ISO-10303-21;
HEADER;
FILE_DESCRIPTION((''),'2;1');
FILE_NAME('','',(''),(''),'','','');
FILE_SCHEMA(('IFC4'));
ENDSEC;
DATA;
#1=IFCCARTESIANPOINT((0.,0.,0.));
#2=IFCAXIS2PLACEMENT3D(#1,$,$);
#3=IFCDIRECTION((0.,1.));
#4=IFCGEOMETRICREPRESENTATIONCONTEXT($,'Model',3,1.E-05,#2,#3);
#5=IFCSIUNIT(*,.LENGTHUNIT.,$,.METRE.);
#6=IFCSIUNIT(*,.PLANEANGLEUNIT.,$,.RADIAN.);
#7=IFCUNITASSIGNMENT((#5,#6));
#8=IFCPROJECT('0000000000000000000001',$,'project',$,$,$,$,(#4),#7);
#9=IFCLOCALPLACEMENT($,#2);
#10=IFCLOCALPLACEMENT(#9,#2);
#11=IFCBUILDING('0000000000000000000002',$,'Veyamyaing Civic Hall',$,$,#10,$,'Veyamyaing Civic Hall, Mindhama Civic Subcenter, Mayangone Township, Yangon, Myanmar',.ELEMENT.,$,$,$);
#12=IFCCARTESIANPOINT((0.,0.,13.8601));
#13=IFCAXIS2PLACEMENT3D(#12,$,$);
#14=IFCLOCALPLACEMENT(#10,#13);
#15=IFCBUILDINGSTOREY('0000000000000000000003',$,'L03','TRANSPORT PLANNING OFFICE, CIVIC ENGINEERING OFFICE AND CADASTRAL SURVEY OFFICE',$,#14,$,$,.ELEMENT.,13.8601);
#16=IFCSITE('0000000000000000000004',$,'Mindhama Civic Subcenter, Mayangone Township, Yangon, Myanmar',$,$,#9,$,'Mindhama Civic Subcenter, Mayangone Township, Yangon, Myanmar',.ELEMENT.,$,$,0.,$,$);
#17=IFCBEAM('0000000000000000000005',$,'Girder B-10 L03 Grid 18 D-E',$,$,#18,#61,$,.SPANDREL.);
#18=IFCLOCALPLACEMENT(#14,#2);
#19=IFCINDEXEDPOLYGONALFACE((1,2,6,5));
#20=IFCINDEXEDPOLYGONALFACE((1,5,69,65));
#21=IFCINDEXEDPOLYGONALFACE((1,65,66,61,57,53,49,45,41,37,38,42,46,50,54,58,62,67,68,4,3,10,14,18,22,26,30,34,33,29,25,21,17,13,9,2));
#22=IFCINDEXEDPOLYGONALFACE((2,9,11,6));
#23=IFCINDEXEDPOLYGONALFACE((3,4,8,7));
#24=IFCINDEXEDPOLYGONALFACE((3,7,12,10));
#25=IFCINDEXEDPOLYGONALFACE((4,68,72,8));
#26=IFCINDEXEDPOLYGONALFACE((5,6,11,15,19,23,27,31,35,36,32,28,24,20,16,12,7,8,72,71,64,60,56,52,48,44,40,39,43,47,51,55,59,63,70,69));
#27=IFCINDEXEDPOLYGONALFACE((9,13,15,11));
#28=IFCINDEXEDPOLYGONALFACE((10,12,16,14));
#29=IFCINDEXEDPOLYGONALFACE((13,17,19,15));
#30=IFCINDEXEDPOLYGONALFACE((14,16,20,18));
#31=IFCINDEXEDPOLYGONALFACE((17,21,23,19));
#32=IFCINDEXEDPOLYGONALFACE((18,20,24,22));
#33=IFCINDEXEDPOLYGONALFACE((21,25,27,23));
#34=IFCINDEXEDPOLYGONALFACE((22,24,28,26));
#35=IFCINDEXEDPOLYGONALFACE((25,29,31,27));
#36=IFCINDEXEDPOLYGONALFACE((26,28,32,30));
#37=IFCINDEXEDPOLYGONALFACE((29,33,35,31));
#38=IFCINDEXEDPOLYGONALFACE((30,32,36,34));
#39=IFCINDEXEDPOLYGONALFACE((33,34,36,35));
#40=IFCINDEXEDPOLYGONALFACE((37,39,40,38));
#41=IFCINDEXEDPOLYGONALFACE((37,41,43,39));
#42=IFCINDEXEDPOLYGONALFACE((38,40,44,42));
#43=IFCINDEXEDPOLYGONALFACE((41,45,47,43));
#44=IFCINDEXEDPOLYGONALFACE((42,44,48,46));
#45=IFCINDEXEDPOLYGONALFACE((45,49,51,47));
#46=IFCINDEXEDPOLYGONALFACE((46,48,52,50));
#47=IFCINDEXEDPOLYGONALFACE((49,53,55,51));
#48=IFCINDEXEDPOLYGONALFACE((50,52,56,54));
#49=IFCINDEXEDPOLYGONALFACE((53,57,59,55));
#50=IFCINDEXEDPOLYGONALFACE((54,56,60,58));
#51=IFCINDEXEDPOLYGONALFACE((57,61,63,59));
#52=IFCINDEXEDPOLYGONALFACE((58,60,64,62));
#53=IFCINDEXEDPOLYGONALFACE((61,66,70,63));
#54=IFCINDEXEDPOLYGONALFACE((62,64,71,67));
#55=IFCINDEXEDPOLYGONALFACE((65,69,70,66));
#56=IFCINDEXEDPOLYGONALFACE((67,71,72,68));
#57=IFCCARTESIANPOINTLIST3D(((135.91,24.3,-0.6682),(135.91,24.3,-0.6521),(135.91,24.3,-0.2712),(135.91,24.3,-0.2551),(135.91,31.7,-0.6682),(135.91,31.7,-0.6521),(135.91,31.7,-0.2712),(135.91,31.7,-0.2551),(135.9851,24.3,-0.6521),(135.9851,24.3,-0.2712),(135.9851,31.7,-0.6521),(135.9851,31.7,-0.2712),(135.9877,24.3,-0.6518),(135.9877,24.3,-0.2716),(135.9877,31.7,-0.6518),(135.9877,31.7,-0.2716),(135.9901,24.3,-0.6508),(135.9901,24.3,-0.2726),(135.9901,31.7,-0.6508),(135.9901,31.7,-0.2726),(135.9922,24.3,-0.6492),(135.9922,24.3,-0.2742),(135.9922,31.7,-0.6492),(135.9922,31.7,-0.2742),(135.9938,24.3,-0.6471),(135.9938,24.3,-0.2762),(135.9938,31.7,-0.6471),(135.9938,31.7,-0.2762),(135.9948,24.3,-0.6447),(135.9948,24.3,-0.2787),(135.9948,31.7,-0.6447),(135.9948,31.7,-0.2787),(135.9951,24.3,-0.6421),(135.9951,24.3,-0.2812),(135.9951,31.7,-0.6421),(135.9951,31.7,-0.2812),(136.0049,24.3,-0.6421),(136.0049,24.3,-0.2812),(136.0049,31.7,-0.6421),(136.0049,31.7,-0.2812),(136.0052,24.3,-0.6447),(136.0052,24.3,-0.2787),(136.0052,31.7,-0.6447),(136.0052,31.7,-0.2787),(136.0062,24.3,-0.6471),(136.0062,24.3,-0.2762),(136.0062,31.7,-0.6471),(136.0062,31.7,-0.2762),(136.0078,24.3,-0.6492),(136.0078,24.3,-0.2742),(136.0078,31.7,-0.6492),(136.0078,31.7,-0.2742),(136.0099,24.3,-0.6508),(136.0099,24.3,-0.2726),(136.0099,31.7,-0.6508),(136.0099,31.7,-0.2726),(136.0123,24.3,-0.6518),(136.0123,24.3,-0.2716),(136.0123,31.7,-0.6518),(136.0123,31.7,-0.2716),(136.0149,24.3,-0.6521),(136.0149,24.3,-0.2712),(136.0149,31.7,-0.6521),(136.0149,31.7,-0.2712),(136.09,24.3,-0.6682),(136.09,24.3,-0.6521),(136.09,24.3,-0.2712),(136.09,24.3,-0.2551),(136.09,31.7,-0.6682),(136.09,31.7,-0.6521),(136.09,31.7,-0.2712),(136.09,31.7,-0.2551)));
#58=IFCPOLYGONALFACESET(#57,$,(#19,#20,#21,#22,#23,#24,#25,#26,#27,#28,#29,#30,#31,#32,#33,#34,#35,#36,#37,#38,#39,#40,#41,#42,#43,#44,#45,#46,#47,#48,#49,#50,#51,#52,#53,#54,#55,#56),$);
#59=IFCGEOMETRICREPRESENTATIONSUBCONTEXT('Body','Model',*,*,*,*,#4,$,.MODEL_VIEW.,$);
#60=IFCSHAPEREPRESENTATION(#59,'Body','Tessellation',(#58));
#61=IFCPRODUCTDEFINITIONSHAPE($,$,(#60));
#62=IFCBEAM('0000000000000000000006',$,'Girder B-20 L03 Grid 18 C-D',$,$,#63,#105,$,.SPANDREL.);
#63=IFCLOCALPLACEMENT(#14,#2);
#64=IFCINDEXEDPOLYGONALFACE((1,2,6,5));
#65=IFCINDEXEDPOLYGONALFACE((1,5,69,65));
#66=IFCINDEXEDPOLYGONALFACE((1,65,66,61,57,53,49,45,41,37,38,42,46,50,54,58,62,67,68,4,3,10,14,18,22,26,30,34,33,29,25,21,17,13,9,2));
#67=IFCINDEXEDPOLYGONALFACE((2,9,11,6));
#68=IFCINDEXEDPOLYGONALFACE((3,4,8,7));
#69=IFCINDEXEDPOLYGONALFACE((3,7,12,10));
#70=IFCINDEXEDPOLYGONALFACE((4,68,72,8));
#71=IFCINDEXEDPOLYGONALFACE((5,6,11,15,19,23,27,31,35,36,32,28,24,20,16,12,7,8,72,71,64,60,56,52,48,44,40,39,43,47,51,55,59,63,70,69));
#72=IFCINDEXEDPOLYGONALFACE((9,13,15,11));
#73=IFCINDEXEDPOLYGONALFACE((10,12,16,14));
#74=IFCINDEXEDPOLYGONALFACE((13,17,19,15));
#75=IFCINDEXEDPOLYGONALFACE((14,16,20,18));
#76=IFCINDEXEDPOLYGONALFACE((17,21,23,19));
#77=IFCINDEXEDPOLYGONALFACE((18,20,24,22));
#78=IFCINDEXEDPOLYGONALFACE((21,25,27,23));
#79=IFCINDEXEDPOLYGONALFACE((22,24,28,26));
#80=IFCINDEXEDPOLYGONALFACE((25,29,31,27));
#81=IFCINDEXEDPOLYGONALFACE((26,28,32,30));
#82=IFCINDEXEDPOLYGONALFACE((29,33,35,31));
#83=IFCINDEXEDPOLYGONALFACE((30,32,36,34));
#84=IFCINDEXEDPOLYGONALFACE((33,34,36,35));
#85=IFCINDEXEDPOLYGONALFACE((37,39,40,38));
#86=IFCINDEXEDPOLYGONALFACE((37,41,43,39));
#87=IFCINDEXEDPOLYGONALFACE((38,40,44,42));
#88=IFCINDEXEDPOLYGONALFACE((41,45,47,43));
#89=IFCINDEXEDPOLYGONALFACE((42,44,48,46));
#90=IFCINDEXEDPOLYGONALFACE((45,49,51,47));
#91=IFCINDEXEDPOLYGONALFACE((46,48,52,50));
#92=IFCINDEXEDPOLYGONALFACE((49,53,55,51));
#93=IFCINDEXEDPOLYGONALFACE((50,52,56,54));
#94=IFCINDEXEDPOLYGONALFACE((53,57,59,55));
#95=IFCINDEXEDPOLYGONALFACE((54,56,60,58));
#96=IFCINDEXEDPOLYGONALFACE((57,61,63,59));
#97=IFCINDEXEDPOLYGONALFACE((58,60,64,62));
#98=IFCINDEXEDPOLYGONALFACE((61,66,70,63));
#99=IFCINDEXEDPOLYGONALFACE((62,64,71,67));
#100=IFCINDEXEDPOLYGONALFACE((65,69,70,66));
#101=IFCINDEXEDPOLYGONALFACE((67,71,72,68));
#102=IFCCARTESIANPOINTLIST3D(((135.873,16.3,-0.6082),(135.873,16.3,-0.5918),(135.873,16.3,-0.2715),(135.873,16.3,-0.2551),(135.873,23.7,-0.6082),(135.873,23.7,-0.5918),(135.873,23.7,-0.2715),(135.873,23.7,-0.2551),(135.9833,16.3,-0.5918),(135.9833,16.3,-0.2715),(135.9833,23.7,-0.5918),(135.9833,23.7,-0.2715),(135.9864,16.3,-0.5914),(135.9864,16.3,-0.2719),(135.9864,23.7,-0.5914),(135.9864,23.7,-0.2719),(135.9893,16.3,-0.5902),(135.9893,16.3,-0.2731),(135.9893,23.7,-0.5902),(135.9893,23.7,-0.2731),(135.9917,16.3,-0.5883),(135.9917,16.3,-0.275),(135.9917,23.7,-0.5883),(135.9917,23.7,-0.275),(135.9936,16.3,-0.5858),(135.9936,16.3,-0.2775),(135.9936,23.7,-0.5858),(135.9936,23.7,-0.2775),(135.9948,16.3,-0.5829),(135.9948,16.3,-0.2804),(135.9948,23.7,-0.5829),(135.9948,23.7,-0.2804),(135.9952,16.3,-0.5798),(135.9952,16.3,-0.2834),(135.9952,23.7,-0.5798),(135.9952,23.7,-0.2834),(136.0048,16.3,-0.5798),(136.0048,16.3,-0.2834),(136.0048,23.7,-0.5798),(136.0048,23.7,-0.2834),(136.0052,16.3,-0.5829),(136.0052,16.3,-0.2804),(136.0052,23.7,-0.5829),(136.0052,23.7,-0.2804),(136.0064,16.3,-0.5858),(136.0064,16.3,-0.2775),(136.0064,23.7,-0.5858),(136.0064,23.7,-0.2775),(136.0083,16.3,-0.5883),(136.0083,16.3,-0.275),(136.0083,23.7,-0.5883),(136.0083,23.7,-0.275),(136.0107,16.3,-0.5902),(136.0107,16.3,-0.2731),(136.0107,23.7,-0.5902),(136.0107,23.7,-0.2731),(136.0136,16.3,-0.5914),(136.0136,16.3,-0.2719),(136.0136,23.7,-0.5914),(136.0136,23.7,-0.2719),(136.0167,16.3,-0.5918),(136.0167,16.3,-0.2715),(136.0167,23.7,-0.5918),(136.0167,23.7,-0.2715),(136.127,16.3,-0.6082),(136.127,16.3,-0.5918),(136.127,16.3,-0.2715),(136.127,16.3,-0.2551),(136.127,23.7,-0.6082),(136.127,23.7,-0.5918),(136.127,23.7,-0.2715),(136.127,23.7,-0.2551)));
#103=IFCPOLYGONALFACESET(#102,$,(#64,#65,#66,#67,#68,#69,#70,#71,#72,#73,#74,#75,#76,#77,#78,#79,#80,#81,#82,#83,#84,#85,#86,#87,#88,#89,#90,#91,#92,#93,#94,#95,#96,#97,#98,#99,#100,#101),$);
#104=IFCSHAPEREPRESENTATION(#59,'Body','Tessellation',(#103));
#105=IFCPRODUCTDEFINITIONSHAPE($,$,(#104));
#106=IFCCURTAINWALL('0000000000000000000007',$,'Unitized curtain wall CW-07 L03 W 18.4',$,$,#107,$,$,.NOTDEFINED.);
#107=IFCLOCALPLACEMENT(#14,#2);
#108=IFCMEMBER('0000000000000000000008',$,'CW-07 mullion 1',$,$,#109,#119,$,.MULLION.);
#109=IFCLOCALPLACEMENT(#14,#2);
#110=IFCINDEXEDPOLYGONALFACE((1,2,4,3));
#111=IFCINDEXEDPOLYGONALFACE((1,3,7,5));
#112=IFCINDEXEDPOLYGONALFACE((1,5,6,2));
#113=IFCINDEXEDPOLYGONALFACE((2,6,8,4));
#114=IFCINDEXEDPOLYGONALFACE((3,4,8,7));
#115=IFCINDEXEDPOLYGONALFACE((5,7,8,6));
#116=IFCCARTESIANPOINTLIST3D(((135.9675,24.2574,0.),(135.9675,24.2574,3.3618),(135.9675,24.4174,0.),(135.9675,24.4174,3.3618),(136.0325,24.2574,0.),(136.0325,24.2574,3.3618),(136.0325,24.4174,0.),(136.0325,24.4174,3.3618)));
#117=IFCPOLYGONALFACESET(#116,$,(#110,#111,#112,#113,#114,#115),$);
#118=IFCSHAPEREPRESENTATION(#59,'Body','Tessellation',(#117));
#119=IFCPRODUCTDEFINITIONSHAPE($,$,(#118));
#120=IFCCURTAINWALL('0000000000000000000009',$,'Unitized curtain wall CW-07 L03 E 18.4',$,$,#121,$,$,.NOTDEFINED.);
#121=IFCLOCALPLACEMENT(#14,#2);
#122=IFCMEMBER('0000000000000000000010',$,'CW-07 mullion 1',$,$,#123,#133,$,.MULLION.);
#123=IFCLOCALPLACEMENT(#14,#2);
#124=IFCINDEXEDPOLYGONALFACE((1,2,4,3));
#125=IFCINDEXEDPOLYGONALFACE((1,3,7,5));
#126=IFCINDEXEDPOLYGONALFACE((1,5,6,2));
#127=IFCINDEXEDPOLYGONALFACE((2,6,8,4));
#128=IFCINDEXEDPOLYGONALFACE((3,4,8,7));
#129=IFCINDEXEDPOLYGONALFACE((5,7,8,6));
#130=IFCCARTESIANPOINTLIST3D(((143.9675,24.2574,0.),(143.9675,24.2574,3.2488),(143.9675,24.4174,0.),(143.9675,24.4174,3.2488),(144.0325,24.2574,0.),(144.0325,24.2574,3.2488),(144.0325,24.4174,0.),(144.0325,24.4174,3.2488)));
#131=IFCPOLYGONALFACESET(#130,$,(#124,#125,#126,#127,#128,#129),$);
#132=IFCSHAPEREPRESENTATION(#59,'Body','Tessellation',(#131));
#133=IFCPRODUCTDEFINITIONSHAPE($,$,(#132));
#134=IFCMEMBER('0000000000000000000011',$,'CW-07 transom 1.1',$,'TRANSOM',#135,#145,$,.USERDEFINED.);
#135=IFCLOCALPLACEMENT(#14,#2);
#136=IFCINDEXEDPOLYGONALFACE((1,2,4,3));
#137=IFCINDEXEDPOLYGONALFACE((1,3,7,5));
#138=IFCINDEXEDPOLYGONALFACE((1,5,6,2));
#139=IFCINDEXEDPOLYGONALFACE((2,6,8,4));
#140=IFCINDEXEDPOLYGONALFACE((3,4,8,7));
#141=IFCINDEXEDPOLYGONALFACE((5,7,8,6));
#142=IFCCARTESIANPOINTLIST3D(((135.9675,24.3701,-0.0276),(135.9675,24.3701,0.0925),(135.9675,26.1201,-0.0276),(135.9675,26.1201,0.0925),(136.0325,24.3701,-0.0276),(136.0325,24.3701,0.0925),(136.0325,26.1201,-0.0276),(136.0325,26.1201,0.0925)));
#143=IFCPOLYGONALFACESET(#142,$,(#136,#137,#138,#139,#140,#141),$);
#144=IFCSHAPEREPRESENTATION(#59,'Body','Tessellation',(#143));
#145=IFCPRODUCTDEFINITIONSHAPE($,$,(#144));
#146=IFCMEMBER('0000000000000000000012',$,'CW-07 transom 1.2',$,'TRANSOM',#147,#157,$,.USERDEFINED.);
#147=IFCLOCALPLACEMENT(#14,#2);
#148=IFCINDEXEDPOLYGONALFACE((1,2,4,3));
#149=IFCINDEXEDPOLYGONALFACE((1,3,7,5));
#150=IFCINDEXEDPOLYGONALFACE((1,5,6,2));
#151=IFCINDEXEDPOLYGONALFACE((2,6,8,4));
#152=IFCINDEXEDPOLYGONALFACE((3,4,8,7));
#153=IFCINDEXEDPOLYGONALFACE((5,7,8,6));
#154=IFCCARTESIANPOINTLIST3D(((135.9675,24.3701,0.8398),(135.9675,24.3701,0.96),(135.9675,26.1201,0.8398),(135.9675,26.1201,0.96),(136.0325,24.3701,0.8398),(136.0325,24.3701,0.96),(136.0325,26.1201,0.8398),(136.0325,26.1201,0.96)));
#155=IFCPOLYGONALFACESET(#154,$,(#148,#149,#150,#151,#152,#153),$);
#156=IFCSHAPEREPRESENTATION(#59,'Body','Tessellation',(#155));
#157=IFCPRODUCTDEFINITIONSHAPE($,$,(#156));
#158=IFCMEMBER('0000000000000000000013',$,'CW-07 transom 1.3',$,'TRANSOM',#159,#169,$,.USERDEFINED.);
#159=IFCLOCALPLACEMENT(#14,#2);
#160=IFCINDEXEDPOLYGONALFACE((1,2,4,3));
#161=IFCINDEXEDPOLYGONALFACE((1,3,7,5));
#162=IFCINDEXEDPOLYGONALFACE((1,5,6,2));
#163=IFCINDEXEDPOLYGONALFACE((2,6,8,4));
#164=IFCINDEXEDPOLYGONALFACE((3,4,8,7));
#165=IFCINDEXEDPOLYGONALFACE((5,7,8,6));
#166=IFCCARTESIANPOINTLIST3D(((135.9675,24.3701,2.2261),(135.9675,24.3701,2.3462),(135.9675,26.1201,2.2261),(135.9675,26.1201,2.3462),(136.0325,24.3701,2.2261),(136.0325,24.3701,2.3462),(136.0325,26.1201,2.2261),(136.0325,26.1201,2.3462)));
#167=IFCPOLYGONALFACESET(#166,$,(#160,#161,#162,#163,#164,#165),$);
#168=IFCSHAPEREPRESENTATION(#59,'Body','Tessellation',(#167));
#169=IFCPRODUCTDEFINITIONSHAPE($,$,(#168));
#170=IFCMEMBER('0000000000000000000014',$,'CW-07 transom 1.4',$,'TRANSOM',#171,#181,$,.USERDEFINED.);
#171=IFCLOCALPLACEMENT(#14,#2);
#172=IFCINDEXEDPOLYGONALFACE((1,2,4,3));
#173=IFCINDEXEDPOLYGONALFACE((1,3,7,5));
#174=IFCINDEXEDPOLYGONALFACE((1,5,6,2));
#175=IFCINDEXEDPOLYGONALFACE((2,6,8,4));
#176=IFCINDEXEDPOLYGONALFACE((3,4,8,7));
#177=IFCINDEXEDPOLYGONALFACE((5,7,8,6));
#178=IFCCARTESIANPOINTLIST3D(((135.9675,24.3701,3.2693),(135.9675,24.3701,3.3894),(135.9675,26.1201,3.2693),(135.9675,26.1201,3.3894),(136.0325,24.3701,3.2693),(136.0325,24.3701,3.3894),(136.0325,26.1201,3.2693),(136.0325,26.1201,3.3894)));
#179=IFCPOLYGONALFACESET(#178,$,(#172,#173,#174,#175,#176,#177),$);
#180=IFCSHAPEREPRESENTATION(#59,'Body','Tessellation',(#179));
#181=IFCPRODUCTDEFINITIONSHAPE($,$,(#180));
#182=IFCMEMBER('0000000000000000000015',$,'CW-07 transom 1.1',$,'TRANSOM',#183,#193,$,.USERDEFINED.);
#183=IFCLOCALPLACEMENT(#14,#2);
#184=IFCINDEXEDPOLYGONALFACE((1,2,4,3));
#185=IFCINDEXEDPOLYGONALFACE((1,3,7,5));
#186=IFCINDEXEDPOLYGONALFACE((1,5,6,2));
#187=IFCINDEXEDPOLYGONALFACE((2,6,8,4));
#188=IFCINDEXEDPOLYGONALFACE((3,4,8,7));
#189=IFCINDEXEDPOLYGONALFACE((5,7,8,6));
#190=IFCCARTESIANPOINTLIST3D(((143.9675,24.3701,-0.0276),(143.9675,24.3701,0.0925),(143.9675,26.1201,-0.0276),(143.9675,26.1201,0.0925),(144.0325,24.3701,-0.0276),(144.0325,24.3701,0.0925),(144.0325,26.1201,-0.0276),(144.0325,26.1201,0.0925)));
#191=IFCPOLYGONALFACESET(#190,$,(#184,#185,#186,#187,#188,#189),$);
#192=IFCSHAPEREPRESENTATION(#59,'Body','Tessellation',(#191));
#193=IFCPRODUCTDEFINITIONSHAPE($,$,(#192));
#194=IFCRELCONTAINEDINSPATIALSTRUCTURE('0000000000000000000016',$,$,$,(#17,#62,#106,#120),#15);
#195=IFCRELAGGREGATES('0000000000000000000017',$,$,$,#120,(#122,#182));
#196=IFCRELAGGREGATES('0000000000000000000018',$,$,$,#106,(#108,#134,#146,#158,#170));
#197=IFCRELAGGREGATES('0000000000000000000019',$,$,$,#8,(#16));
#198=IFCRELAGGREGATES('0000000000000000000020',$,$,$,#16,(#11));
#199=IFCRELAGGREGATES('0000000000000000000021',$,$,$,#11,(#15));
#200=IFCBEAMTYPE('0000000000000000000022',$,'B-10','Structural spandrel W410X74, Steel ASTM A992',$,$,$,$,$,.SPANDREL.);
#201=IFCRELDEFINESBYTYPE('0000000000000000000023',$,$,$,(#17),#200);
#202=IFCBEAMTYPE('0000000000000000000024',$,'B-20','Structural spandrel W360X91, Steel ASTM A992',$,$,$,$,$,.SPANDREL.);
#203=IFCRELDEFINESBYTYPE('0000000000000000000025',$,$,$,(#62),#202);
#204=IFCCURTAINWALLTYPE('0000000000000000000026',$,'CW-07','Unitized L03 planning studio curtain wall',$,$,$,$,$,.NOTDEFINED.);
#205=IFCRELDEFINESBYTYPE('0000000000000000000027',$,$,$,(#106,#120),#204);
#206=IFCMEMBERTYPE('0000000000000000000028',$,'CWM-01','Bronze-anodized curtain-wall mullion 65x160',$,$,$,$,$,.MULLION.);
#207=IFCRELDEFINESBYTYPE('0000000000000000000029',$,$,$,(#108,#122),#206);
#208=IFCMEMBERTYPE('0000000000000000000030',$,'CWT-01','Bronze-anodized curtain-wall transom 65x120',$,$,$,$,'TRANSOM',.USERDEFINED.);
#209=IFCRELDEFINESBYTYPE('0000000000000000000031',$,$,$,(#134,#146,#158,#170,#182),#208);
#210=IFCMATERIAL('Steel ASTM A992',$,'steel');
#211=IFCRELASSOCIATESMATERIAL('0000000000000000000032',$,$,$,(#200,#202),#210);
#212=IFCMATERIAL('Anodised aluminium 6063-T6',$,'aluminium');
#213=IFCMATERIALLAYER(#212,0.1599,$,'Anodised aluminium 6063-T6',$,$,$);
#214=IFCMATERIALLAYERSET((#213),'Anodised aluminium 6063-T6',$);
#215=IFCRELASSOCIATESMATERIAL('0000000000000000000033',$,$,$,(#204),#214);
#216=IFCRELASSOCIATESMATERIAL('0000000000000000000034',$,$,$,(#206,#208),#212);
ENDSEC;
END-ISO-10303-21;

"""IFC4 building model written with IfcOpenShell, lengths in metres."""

from ifc_helpers import new_model, si_unit, direction, frame, origin, origin_2d, place, context, subcontext, project, spatial, rectangle, i_section, extrude, material, layer, layer_set, material_profile, profile_set, type_object, element, aggregate, save


model = new_model("IFC4")

# Units and contexts
model_context = context("Model", 3, precision=1e-05, world=origin(), true_north=direction((0.0, 1.0)))
body_context = subcontext(model_context, "Body", "Model", "MODEL_VIEW")
ifc_project = project(units=[si_unit("LENGTHUNIT", "METRE"), si_unit("PLANEANGLEUNIT", "RADIAN")], contexts=[model_context])

# Site, building, storey
site_placement = place(None, origin())
site = spatial("IfcSite", under=ifc_project, at=site_placement, Name="Mindhama Civic Subcenter, Mayangone Township, Yangon, Myanmar", LongName="Mindhama Civic Subcenter, Mayangone Township, Yangon, Myanmar", CompositionType="ELEMENT", RefElevation=0.0)
building_placement = place(site_placement, origin())
building = spatial("IfcBuilding", under=site, at=building_placement, Name="Veyamyaing Civic Hall", LongName="Veyamyaing Civic Hall, Mindhama Civic Subcenter, Mayangone Township, Yangon, Myanmar", CompositionType="ELEMENT")
storey_placement = place(building_placement, frame((0.0, 0.0, 13.8601)))
storey = spatial("IfcBuildingStorey", under=building, at=storey_placement, Name="L03", Description="TRANSPORT PLANNING OFFICE, CIVIC ENGINEERING OFFICE AND CADASTRAL SURVEY OFFICE", CompositionType="ELEMENT", Elevation=13.8601)

# Beams
ifc_material_1 = material(Name="Steel ASTM A992", Category="steel")
ifc_material_profile_1 = material_profile(ifc_material_1, i_section(OverallWidth=0.1799, OverallDepth=0.4131, WebThickness=0.0098, FlangeThickness=0.0161, FilletRadius=0.01, at=origin_2d()), Name="W410X74")
ifc_profile_set_1 = profile_set([ifc_material_profile_1], Name="Steel ASTM A992")
beam_type_1 = type_object("IfcBeamType", Name="B-10", Description="Structural spandrel W410X74, Steel ASTM A992", PredefinedType="SPANDREL", material=ifc_profile_set_1)
beam_1_placement = place(storey_placement, frame((136.0, 24.3, -0.4617), z_axis=(0.0, 1.0, 0.0), x_axis=(-1.0, 0.0, 0.0)))
element("IfcBeam", 1, at=beam_1_placement, inside=storey, type_object=beam_type_1, Name="Girder B-10 L03 Grid 18 D-E", PredefinedType="SPANDREL", context=body_context, shape_type="SweptSolid", body=[
    extrude(i_section(OverallWidth=0.1799, OverallDepth=0.4131, WebThickness=0.0098, FlangeThickness=0.0161, FilletRadius=0.01, at=origin_2d()), origin(), (0.0, 0.0, 1.0), 7.3999),
])
ifc_material_profile_2 = material_profile(ifc_material_1, i_section(OverallWidth=0.2539, OverallDepth=0.353, WebThickness=0.0095, FlangeThickness=0.0164, FilletRadius=0.012, at=origin_2d()), Name="W360X91")
ifc_profile_set_2 = profile_set([ifc_material_profile_2], Name="Steel ASTM A992")
beam_type_2 = type_object("IfcBeamType", Name="B-20", Description="Structural spandrel W360X91, Steel ASTM A992", PredefinedType="SPANDREL", material=ifc_profile_set_2)
beam_2_placement = place(storey_placement, frame((136.0, 16.3, -0.4316), z_axis=(0.0, 1.0, 0.0), x_axis=(-1.0, 0.0, 0.0)))
element("IfcBeam", 2, at=beam_2_placement, inside=storey, type_object=beam_type_2, Name="Girder B-20 L03 Grid 18 C-D", PredefinedType="SPANDREL", context=body_context, shape_type="SweptSolid", body=[
    extrude(i_section(OverallWidth=0.2539, OverallDepth=0.353, WebThickness=0.0095, FlangeThickness=0.0164, FilletRadius=0.012, at=origin_2d()), origin(), (0.0, 0.0, 1.0), 7.3999),
])

# Curtain walls, members
ifc_material_2 = material(Name="Anodised aluminium 6063-T6", Category="aluminium")
ifc_layer_1 = layer(ifc_material_2, 0.1599, Name="Anodised aluminium 6063-T6")
ifc_layer_set_1 = layer_set([ifc_layer_1], Name="Anodised aluminium 6063-T6")
curtain_wall_type = type_object("IfcCurtainWallType", Name="CW-07", Description="Unitized L03 planning studio curtain wall", PredefinedType="NOTDEFINED", material=ifc_layer_set_1)
curtain_wall_1_placement = place(storey_placement, origin())
curtain_wall_1 = element("IfcCurtainWall", 3, at=curtain_wall_1_placement, inside=storey, type_object=curtain_wall_type, Name="Unitized curtain wall CW-07 L03 W 18.4", PredefinedType="NOTDEFINED")
ifc_material_profile_3 = material_profile(ifc_material_2, rectangle(XDim=0.0649, YDim=0.1599, at=origin_2d()), Name="ALU-MUL-65X160")
ifc_profile_set_3 = profile_set([ifc_material_profile_3], Name="Anodised aluminium 6063-T6")
member_type_1 = type_object("IfcMemberType", Name="CWM-01", Description="Bronze-anodized curtain-wall mullion 65x160", PredefinedType="MULLION", material=ifc_profile_set_3)
member_1_placement = place(storey_placement, frame((136.0, 24.3374, 0.0), z_axis=(0.0, 0.0, 1.0), x_axis=(-1.0, 0.0, 0.0)))
member_1 = element("IfcMember", 4, at=member_1_placement, type_object=member_type_1, Name="CW-07 mullion 1", PredefinedType="MULLION", context=body_context, shape_type="SweptSolid", body=[
    extrude(rectangle(XDim=0.0649, YDim=0.1599, at=origin_2d()), origin(), (0.0, 0.0, 1.0), 3.3618),
])
curtain_wall_2_placement = place(storey_placement, origin())
curtain_wall_2 = element("IfcCurtainWall", 5, at=curtain_wall_2_placement, inside=storey, type_object=curtain_wall_type, Name="Unitized curtain wall CW-07 L03 E 18.4", PredefinedType="NOTDEFINED")
member_2_placement = place(storey_placement, frame((144.0, 24.3374, 0.0), z_axis=(0.0, 0.0, 1.0), x_axis=(-1.0, 0.0, 0.0)))
member_2 = element("IfcMember", 6, at=member_2_placement, type_object=member_type_1, Name="CW-07 mullion 1", PredefinedType="MULLION", context=body_context, shape_type="SweptSolid", body=[
    extrude(rectangle(XDim=0.0649, YDim=0.1599, at=origin_2d()), origin(), (0.0, 0.0, 1.0), 3.2488),
])

# Members
ifc_material_profile_4 = material_profile(ifc_material_2, rectangle(XDim=0.0649, YDim=0.1201, at=origin_2d()), Name="ALU-TRN-65X120")
ifc_profile_set_4 = profile_set([ifc_material_profile_4], Name="Anodised aluminium 6063-T6")
member_type_2 = type_object("IfcMemberType", Name="CWT-01", Description="Bronze-anodized curtain-wall transom 65x120", ElementType="TRANSOM", PredefinedType="USERDEFINED", material=ifc_profile_set_4)
member_3_placement = place(storey_placement, frame((136.0, 24.3701, 0.0325), z_axis=(0.0, 1.0, 0.0), x_axis=(-1.0, 0.0, 0.0)))
member_3 = element("IfcMember", 7, at=member_3_placement, type_object=member_type_2, Name="CW-07 transom 1.1", ObjectType="TRANSOM", PredefinedType="USERDEFINED", context=body_context, shape_type="SweptSolid", body=[
    extrude(rectangle(XDim=0.0649, YDim=0.1201, at=origin_2d()), origin(), (0.0, 0.0, 1.0), 1.75),
])
member_4_placement = place(storey_placement, frame((136.0, 24.3701, 0.8999), z_axis=(0.0, 1.0, 0.0), x_axis=(-1.0, 0.0, 0.0)))
member_4 = element("IfcMember", 8, at=member_4_placement, type_object=member_type_2, Name="CW-07 transom 1.2", ObjectType="TRANSOM", PredefinedType="USERDEFINED", context=body_context, shape_type="SweptSolid", body=[
    extrude(rectangle(XDim=0.0649, YDim=0.1201, at=origin_2d()), origin(), (0.0, 0.0, 1.0), 1.75),
])
member_5_placement = place(storey_placement, frame((136.0, 24.3701, 2.2861), z_axis=(0.0, 1.0, 0.0), x_axis=(-1.0, 0.0, 0.0)))
member_5 = element("IfcMember", 9, at=member_5_placement, type_object=member_type_2, Name="CW-07 transom 1.3", ObjectType="TRANSOM", PredefinedType="USERDEFINED", context=body_context, shape_type="SweptSolid", body=[
    extrude(rectangle(XDim=0.0649, YDim=0.1201, at=origin_2d()), origin(), (0.0, 0.0, 1.0), 1.75),
])
member_6_placement = place(storey_placement, frame((136.0, 24.3701, 3.3293), z_axis=(0.0, 1.0, 0.0), x_axis=(-1.0, 0.0, 0.0)))
member_6 = element("IfcMember", 10, at=member_6_placement, type_object=member_type_2, Name="CW-07 transom 1.4", ObjectType="TRANSOM", PredefinedType="USERDEFINED", context=body_context, shape_type="SweptSolid", body=[
    extrude(rectangle(XDim=0.0649, YDim=0.1201, at=origin_2d()), origin(), (0.0, 0.0, 1.0), 1.75),
])
member_7_placement = place(storey_placement, frame((144.0, 24.3701, 0.0325), z_axis=(0.0, 1.0, 0.0), x_axis=(-1.0, 0.0, 0.0)))
member_7 = element("IfcMember", 11, at=member_7_placement, type_object=member_type_2, Name="CW-07 transom 1.1", ObjectType="TRANSOM", PredefinedType="USERDEFINED", context=body_context, shape_type="SweptSolid", body=[
    extrude(rectangle(XDim=0.0649, YDim=0.1201, at=origin_2d()), origin(), (0.0, 0.0, 1.0), 1.75),
])
aggregate(curtain_wall_2, [member_2, member_7])

aggregate(curtain_wall_1, [member_1, member_3, member_4, member_5, member_6])

save(model, "model.ifc")
